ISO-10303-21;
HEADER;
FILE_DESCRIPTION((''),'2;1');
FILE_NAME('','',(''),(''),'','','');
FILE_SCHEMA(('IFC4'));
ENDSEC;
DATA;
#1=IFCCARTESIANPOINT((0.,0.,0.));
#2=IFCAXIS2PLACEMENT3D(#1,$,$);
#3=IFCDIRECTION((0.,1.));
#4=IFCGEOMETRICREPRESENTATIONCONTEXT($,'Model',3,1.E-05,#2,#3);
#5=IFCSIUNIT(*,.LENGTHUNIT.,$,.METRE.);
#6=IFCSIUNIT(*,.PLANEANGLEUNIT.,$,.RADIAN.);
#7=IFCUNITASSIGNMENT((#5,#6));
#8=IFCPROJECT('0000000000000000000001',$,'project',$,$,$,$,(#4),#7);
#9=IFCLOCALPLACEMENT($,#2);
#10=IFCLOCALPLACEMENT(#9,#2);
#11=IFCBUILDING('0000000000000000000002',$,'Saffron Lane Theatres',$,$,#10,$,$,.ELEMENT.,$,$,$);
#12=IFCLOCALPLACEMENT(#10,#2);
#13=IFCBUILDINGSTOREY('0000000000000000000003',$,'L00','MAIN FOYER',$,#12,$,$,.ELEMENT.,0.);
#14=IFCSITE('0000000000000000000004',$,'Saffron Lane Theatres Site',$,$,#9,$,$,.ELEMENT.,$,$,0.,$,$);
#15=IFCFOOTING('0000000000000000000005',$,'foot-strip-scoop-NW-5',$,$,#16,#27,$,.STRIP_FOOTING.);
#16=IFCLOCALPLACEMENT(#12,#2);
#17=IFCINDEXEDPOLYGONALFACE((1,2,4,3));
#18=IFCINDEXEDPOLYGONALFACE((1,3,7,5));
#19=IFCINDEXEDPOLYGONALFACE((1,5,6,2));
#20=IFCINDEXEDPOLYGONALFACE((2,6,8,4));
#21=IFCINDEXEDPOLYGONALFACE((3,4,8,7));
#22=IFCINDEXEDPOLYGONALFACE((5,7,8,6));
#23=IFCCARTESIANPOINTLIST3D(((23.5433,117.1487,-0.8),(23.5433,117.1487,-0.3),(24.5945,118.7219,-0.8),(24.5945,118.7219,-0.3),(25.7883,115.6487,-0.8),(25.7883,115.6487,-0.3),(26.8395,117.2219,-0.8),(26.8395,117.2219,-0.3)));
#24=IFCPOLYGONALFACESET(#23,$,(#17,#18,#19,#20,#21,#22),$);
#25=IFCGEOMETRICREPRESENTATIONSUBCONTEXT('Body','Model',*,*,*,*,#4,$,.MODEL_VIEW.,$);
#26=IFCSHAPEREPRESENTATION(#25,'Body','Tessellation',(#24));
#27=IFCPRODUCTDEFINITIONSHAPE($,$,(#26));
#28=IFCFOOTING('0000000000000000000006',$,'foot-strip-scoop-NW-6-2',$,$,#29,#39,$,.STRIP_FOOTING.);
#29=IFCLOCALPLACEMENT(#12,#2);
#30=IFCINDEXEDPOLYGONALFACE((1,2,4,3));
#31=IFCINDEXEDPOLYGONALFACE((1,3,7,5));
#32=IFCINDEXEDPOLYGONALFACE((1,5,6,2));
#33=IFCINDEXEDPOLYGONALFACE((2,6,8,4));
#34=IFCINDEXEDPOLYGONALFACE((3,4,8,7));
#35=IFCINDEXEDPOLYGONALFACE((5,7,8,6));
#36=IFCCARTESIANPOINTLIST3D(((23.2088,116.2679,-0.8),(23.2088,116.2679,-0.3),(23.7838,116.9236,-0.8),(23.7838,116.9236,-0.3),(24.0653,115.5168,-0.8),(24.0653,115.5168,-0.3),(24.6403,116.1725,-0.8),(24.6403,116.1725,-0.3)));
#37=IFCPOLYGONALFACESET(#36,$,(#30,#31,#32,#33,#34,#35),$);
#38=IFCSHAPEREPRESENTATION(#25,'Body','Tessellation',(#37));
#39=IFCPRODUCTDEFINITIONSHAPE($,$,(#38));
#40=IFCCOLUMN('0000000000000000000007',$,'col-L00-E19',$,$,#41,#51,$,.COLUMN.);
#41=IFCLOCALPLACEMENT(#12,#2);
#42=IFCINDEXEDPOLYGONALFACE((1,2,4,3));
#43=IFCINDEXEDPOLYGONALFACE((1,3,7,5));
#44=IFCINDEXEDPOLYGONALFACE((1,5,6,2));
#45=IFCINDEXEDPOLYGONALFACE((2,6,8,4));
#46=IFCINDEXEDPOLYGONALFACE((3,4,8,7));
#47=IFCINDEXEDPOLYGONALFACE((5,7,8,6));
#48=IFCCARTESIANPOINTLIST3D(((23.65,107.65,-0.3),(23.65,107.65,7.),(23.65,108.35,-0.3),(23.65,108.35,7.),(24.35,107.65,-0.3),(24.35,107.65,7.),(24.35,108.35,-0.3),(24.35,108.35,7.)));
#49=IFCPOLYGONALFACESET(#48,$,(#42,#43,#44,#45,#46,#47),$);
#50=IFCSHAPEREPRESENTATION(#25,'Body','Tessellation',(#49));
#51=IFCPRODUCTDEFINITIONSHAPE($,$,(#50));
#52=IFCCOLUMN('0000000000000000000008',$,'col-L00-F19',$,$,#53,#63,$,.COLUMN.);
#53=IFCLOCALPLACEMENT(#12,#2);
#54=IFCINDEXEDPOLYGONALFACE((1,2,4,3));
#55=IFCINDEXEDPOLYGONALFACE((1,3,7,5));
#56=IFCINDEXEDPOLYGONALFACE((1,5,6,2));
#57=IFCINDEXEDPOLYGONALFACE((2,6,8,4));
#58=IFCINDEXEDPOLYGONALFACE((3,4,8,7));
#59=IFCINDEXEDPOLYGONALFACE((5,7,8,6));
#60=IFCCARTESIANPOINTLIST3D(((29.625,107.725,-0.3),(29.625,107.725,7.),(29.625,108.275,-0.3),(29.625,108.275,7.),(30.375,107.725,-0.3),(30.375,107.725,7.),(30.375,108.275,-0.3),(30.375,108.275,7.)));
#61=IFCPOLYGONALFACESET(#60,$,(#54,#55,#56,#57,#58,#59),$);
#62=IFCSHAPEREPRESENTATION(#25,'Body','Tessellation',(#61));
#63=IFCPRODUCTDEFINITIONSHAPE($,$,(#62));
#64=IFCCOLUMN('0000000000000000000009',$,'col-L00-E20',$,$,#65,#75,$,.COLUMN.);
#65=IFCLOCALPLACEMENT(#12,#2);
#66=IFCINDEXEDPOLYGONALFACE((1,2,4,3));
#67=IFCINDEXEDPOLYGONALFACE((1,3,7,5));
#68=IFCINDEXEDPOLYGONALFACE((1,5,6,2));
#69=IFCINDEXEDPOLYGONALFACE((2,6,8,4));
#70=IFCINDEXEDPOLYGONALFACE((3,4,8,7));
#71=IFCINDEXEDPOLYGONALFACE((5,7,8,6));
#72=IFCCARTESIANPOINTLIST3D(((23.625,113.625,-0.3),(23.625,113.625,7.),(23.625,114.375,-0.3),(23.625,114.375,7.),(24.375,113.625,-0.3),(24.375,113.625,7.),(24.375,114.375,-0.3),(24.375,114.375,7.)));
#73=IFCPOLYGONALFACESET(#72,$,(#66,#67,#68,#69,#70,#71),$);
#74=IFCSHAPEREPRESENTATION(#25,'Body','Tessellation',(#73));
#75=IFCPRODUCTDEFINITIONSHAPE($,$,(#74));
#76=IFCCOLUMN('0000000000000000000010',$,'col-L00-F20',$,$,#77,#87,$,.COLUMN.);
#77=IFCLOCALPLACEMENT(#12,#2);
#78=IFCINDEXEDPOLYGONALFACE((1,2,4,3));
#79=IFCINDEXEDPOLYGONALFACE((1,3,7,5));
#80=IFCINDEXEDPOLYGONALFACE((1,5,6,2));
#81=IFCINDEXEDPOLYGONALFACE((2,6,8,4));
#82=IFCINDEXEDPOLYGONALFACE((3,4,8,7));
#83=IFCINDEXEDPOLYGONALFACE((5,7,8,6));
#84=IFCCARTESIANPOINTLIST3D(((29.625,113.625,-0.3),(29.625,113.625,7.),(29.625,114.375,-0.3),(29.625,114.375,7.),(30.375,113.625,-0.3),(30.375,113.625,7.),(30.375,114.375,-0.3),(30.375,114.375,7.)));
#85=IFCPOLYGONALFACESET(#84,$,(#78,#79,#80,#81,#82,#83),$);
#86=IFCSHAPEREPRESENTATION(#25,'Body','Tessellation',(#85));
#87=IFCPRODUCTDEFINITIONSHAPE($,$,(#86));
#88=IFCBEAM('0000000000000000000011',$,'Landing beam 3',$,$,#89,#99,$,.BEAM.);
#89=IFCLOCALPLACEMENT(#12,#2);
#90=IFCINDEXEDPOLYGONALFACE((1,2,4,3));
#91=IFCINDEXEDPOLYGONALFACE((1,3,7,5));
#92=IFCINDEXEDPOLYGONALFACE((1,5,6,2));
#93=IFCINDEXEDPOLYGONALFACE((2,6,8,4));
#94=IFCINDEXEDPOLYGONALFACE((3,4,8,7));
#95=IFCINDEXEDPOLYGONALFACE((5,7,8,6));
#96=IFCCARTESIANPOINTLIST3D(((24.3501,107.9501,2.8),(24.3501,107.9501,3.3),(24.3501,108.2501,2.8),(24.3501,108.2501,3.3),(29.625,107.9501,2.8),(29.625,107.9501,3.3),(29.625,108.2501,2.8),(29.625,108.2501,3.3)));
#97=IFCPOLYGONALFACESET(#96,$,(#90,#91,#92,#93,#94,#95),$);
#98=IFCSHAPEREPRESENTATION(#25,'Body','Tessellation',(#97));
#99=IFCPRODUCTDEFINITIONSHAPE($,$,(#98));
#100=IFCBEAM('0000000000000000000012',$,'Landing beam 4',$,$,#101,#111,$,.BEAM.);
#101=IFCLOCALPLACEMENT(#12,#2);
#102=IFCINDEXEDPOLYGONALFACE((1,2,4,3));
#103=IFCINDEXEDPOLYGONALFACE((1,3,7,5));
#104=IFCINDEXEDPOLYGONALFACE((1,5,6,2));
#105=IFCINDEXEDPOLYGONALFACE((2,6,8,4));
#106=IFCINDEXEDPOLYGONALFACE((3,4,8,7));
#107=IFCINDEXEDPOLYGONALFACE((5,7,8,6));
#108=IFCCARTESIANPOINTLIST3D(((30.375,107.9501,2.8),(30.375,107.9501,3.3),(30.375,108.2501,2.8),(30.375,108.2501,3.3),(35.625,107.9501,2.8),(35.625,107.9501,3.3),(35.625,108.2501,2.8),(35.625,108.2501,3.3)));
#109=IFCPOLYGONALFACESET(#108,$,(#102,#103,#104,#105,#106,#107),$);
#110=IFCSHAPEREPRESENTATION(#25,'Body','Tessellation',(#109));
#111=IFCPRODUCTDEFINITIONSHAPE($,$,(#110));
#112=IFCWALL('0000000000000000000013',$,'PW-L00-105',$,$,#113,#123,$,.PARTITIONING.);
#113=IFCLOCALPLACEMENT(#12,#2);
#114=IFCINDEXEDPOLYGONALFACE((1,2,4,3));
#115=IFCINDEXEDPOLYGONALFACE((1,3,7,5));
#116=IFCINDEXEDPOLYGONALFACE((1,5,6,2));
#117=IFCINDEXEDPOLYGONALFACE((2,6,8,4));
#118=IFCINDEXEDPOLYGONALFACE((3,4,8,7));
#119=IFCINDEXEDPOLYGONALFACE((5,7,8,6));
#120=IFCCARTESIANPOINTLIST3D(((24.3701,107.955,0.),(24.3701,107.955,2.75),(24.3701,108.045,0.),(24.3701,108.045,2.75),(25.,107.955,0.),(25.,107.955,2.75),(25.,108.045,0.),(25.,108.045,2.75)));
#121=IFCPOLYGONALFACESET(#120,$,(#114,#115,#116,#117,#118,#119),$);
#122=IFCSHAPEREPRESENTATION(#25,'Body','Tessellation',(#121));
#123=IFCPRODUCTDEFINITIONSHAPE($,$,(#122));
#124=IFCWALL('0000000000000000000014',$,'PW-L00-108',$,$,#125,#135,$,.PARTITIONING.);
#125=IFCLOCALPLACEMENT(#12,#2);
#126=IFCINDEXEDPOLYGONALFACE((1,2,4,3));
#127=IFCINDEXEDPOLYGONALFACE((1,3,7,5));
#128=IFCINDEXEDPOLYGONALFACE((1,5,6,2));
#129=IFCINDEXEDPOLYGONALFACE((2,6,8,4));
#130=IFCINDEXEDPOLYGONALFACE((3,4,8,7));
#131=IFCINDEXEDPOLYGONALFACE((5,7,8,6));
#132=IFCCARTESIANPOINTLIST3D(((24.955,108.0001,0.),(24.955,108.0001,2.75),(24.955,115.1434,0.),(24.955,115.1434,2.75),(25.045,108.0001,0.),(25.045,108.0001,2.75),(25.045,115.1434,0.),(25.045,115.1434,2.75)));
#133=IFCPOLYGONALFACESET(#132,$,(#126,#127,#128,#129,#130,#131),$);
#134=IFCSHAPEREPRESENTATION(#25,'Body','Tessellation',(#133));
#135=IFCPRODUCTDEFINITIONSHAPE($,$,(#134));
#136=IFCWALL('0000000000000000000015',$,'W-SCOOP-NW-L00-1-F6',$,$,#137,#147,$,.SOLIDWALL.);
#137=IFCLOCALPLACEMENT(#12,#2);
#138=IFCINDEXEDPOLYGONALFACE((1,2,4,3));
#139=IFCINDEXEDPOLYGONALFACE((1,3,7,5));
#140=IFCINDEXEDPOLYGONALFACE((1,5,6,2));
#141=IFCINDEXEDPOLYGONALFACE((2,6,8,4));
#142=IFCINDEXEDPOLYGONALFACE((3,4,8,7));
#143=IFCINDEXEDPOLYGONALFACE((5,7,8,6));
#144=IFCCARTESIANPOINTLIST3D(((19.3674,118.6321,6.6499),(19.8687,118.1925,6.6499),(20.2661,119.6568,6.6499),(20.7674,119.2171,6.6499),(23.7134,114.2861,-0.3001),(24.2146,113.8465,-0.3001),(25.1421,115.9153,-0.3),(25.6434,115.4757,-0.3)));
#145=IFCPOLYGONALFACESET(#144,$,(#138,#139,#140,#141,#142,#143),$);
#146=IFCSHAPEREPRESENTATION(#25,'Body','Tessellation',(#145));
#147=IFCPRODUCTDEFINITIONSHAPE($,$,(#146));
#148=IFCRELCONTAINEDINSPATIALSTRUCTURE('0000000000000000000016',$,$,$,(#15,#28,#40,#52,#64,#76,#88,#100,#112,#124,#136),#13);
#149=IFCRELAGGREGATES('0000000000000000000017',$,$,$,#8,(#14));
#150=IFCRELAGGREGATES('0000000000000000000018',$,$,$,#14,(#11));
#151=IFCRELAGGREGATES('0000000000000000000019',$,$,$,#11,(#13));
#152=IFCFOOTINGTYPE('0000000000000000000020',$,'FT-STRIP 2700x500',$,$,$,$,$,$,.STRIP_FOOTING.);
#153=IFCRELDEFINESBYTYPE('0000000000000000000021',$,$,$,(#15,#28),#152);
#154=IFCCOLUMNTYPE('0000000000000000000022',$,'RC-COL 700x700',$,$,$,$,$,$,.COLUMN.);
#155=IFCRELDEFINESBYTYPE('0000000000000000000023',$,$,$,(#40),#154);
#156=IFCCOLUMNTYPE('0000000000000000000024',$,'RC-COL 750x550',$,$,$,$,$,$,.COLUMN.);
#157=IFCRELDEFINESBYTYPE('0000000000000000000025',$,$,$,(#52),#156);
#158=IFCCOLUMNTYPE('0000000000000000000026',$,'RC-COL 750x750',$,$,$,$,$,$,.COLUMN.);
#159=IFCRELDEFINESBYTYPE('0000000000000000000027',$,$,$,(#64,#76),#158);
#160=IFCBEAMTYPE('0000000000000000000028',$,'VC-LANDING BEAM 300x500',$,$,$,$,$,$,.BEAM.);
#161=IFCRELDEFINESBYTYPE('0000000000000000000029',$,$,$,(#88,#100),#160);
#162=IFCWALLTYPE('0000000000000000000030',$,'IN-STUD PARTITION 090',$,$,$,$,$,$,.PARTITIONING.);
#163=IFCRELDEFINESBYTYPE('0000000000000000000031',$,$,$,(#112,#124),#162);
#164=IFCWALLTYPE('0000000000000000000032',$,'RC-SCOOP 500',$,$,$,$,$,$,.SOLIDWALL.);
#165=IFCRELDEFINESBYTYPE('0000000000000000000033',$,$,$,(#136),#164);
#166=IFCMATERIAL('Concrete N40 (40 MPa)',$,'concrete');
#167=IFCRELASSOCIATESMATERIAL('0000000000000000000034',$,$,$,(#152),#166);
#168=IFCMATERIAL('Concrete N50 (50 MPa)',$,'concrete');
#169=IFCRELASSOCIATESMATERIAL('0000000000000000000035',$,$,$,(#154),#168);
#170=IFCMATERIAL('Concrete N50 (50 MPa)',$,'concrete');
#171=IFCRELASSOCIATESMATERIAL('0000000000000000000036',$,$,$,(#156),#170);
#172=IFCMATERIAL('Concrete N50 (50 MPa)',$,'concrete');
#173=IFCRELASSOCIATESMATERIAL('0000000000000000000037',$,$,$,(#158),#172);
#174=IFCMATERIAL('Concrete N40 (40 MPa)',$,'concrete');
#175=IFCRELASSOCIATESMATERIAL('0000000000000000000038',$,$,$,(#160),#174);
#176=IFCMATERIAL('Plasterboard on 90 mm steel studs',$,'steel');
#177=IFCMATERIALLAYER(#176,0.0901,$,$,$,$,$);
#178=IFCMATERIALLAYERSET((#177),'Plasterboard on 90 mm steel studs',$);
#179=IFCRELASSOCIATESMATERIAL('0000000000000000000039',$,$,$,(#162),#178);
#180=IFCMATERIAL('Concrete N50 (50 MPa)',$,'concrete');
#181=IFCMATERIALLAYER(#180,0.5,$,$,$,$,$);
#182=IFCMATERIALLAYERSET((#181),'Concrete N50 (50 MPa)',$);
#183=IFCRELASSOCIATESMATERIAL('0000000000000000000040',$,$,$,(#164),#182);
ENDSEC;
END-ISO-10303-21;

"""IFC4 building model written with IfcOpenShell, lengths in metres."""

from ifc_helpers import new_model, si_unit, direction, frame, frame_2d, origin, origin_2d, place, context, subcontext, project, spatial, polyline, rectangle, outline, extrude, material, layer, layer_set, material_profile, profile_set, type_object, element, save


model = new_model("IFC4")

# Units and contexts
model_context = context("Model", 3, precision=1e-05, world=origin(), true_north=direction((0.0, 1.0)))
body_context = subcontext(model_context, "Body", "Model", "MODEL_VIEW")
ifc_project = project(units=[si_unit("LENGTHUNIT", "METRE"), si_unit("PLANEANGLEUNIT", "RADIAN")], contexts=[model_context])

# Site, building, storey
site_placement = place(None, origin())
site = spatial("IfcSite", under=ifc_project, at=site_placement, Name="Saffron Lane Theatres Site", CompositionType="ELEMENT", RefElevation=0.0)
building_placement = place(site_placement, origin())
building = spatial("IfcBuilding", under=site, at=building_placement, Name="Saffron Lane Theatres", CompositionType="ELEMENT")
storey_placement = place(building_placement, origin())
storey = spatial("IfcBuildingStorey", under=building, at=storey_placement, Name="L00", Description="MAIN FOYER", CompositionType="ELEMENT", Elevation=0.0)

# Footings
ifc_material_1 = material(Name="Concrete N40 (40 MPa)", Category="concrete")
footing_type = type_object("IfcFootingType", Name="FT-STRIP 2700x500", PredefinedType="STRIP_FOOTING", material=ifc_material_1)
footing_1_placement = place(storey_placement, frame((25.1914, 117.1853, -0.8), z_axis=(0.0, 0.0, 1.0), x_axis=(-0.831469, 0.555572, 0.0)))
element("IfcFooting", 1, at=footing_1_placement, inside=storey, type_object=footing_type, Name="foot-strip-scoop-NW-5", PredefinedType="STRIP_FOOTING", context=body_context, shape_type="SweptSolid", body=[
    extrude(rectangle(XDim=2.7, YDim=1.8921, at=origin_2d()), origin(), (0.0, 0.0, 1.0), 0.5),
])
footing_2_placement = place(storey_placement, frame((23.9246, 116.2202, -0.8), z_axis=(0.0, 0.0, 1.0), x_axis=(-0.751858, 0.659325, 0.0)))
element("IfcFooting", 2, at=footing_2_placement, inside=storey, type_object=footing_type, Name="foot-strip-scoop-NW-6-2", PredefinedType="STRIP_FOOTING", context=body_context, shape_type="SweptSolid", body=[
    extrude(rectangle(XDim=1.1392, YDim=0.8721, at=origin_2d()), origin(), (0.0, 0.0, 1.0), 0.5),
])

# Columns
ifc_material_2 = material(Name="Concrete N50 (50 MPa)", Category="concrete")
ifc_material_profile_1 = material_profile(ifc_material_2, rectangle(XDim=0.7, YDim=0.7, at=origin_2d()))
ifc_profile_set_1 = profile_set([ifc_material_profile_1], Name="Concrete N50 (50 MPa)")
column_type_1 = type_object("IfcColumnType", Name="RC-COL 700x700", PredefinedType="COLUMN", material=ifc_profile_set_1)
column_1_placement = place(storey_placement, frame((24.0, 108.0, -0.3), z_axis=(0.0, 0.0, 1.0), x_axis=(1.0, 0.0, 0.0)))
element("IfcColumn", 3, at=column_1_placement, inside=storey, type_object=column_type_1, Name="col-L00-E19", PredefinedType="COLUMN", context=body_context, shape_type="SweptSolid", body=[
    extrude(rectangle(XDim=0.7, YDim=0.7, at=origin_2d()), origin(), (0.0, 0.0, 1.0), 7.3),
])
ifc_material_3 = material(Name="Concrete N50 (50 MPa)", Category="concrete")
ifc_material_profile_2 = material_profile(ifc_material_3, rectangle(XDim=0.75, YDim=0.55, at=origin_2d()))
ifc_profile_set_2 = profile_set([ifc_material_profile_2], Name="Concrete N50 (50 MPa)")
column_type_2 = type_object("IfcColumnType", Name="RC-COL 750x550", PredefinedType="COLUMN", material=ifc_profile_set_2)
column_2_placement = place(storey_placement, frame((30.0, 108.0, -0.3), z_axis=(0.0, 0.0, 1.0), x_axis=(1.0, 0.0, 0.0)))
element("IfcColumn", 4, at=column_2_placement, inside=storey, type_object=column_type_2, Name="col-L00-F19", PredefinedType="COLUMN", context=body_context, shape_type="SweptSolid", body=[
    extrude(rectangle(XDim=0.75, YDim=0.55, at=origin_2d()), origin(), (0.0, 0.0, 1.0), 7.3),
])
ifc_material_4 = material(Name="Concrete N50 (50 MPa)", Category="concrete")
ifc_material_profile_3 = material_profile(ifc_material_4, rectangle(XDim=0.75, YDim=0.75, at=origin_2d()))
ifc_profile_set_3 = profile_set([ifc_material_profile_3], Name="Concrete N50 (50 MPa)")
column_type_3 = type_object("IfcColumnType", Name="RC-COL 750x750", PredefinedType="COLUMN", material=ifc_profile_set_3)
for number, where, z_axis, x_axis, name in (
    (5, (24.0, 114.0, -0.3), (0.0, 0.0, 1.0), (1.0, 0.0, 0.0), "col-L00-E20"),
    (6, (30.0, 114.0, -0.3), (0.0, 0.0, 1.0), (1.0, 0.0, 0.0), "col-L00-F20"),
):
    element("IfcColumn", number, at=place(storey_placement, frame(where, z_axis=z_axis, x_axis=x_axis)), inside=storey, type_object=column_type_3, Name=name, PredefinedType="COLUMN", context=body_context, shape_type="SweptSolid", body=[
        extrude(rectangle(XDim=0.75, YDim=0.75, at=origin_2d()), origin(), (0.0, 0.0, 1.0), 7.3),
    ])

# Beams
ifc_material_5 = material(Name="Concrete N40 (40 MPa)", Category="concrete")
ifc_material_profile_4 = material_profile(ifc_material_5, rectangle(XDim=0.3, YDim=0.5, at=origin_2d()))
ifc_profile_set_4 = profile_set([ifc_material_profile_4], Name="Concrete N40 (40 MPa)")
beam_type = type_object("IfcBeamType", Name="VC-LANDING BEAM 300x500", PredefinedType="BEAM", material=ifc_profile_set_4)
beam_1_placement = place(storey_placement, frame((24.3501, 108.1001, 3.05), z_axis=(1.0, 0.0, 0.0), x_axis=(0.0, 1.0, 0.0)))
element("IfcBeam", 7, at=beam_1_placement, inside=storey, type_object=beam_type, Name="Landing beam 3", PredefinedType="BEAM", context=body_context, shape_type="SweptSolid", body=[
    extrude(rectangle(XDim=0.3, YDim=0.5, at=origin_2d()), origin(), (0.0, 0.0, 1.0), 5.2749),
])
beam_2_placement = place(storey_placement, frame((30.375, 108.1001, 3.05), z_axis=(1.0, 0.0, 0.0), x_axis=(0.0, 1.0, 0.0)))
element("IfcBeam", 8, at=beam_2_placement, inside=storey, type_object=beam_type, Name="Landing beam 4", PredefinedType="BEAM", context=body_context, shape_type="SweptSolid", body=[
    extrude(rectangle(XDim=0.3, YDim=0.5, at=origin_2d()), origin(), (0.0, 0.0, 1.0), 5.25),
])

# Walls
ifc_material_6 = material(Name="Plasterboard on 90 mm steel studs", Category="steel")
ifc_layer_1 = layer(ifc_material_6, 0.0901)
ifc_layer_set_1 = layer_set([ifc_layer_1], Name="Plasterboard on 90 mm steel studs")
wall_type_1 = type_object("IfcWallType", Name="IN-STUD PARTITION 090", PredefinedType="PARTITIONING", material=ifc_layer_set_1)
wall_1_placement = place(storey_placement, frame((24.3701, 108.0, 0.0), z_axis=(0.0, 0.0, 1.0), x_axis=(1.0, 0.0, 0.0)))
element("IfcWall", 9, at=wall_1_placement, inside=storey, type_object=wall_type_1, Name="PW-L00-105", PredefinedType="PARTITIONING", context=body_context, shape_type="SweptSolid", body=[
    extrude(rectangle(XDim=0.6299, YDim=0.0901, at=frame_2d((0.3149, 0.0))), origin(), (0.0, 0.0, 1.0), 2.75),
])
wall_2_placement = place(storey_placement, frame((25.0, 108.0, 0.0), z_axis=(0.0, 0.0, 1.0), x_axis=(0.0, 1.0, 0.0)))
element("IfcWall", 10, at=wall_2_placement, inside=storey, type_object=wall_type_1, Name="PW-L00-108", PredefinedType="PARTITIONING", context=body_context, shape_type="SweptSolid", body=[
    extrude(rectangle(XDim=7.1433, YDim=0.0901, at=frame_2d((3.5718, 0.0))), origin(), (0.0, 0.0, 1.0), 2.75),
])
ifc_material_7 = material(Name="Concrete N50 (50 MPa)", Category="concrete")
ifc_layer_2 = layer(ifc_material_7, 0.5)
ifc_layer_set_2 = layer_set([ifc_layer_2], Name="Concrete N50 (50 MPa)")
wall_type_2 = type_object("IfcWallType", Name="RC-SCOOP 500", PredefinedType="SOLIDWALL", material=ifc_layer_set_2)
wall_3_placement = place(storey_placement, frame((25.1421, 115.9153, -0.3), z_axis=(0.563727, -0.494389, 0.661658), x_axis=(-0.65935, -0.751836, -0.00001)))
element("IfcWall", 11, at=wall_3_placement, inside=storey, type_object=wall_type_2, Name="W-SCOOP-NW-L00-1-F6", PredefinedType="SOLIDWALL", context=body_context, shape_type="SweptSolid", body=[
    extrude(outline(polyline([(0.0, 0.0), (2.1669, 0.0), (1.7649, -9.269), (0.4019, -9.269), (0.0, 0.0)])), origin(), (-0.000005, 0.661658, 0.749806), 0.6667),
])

save(model, "model.ifc")
